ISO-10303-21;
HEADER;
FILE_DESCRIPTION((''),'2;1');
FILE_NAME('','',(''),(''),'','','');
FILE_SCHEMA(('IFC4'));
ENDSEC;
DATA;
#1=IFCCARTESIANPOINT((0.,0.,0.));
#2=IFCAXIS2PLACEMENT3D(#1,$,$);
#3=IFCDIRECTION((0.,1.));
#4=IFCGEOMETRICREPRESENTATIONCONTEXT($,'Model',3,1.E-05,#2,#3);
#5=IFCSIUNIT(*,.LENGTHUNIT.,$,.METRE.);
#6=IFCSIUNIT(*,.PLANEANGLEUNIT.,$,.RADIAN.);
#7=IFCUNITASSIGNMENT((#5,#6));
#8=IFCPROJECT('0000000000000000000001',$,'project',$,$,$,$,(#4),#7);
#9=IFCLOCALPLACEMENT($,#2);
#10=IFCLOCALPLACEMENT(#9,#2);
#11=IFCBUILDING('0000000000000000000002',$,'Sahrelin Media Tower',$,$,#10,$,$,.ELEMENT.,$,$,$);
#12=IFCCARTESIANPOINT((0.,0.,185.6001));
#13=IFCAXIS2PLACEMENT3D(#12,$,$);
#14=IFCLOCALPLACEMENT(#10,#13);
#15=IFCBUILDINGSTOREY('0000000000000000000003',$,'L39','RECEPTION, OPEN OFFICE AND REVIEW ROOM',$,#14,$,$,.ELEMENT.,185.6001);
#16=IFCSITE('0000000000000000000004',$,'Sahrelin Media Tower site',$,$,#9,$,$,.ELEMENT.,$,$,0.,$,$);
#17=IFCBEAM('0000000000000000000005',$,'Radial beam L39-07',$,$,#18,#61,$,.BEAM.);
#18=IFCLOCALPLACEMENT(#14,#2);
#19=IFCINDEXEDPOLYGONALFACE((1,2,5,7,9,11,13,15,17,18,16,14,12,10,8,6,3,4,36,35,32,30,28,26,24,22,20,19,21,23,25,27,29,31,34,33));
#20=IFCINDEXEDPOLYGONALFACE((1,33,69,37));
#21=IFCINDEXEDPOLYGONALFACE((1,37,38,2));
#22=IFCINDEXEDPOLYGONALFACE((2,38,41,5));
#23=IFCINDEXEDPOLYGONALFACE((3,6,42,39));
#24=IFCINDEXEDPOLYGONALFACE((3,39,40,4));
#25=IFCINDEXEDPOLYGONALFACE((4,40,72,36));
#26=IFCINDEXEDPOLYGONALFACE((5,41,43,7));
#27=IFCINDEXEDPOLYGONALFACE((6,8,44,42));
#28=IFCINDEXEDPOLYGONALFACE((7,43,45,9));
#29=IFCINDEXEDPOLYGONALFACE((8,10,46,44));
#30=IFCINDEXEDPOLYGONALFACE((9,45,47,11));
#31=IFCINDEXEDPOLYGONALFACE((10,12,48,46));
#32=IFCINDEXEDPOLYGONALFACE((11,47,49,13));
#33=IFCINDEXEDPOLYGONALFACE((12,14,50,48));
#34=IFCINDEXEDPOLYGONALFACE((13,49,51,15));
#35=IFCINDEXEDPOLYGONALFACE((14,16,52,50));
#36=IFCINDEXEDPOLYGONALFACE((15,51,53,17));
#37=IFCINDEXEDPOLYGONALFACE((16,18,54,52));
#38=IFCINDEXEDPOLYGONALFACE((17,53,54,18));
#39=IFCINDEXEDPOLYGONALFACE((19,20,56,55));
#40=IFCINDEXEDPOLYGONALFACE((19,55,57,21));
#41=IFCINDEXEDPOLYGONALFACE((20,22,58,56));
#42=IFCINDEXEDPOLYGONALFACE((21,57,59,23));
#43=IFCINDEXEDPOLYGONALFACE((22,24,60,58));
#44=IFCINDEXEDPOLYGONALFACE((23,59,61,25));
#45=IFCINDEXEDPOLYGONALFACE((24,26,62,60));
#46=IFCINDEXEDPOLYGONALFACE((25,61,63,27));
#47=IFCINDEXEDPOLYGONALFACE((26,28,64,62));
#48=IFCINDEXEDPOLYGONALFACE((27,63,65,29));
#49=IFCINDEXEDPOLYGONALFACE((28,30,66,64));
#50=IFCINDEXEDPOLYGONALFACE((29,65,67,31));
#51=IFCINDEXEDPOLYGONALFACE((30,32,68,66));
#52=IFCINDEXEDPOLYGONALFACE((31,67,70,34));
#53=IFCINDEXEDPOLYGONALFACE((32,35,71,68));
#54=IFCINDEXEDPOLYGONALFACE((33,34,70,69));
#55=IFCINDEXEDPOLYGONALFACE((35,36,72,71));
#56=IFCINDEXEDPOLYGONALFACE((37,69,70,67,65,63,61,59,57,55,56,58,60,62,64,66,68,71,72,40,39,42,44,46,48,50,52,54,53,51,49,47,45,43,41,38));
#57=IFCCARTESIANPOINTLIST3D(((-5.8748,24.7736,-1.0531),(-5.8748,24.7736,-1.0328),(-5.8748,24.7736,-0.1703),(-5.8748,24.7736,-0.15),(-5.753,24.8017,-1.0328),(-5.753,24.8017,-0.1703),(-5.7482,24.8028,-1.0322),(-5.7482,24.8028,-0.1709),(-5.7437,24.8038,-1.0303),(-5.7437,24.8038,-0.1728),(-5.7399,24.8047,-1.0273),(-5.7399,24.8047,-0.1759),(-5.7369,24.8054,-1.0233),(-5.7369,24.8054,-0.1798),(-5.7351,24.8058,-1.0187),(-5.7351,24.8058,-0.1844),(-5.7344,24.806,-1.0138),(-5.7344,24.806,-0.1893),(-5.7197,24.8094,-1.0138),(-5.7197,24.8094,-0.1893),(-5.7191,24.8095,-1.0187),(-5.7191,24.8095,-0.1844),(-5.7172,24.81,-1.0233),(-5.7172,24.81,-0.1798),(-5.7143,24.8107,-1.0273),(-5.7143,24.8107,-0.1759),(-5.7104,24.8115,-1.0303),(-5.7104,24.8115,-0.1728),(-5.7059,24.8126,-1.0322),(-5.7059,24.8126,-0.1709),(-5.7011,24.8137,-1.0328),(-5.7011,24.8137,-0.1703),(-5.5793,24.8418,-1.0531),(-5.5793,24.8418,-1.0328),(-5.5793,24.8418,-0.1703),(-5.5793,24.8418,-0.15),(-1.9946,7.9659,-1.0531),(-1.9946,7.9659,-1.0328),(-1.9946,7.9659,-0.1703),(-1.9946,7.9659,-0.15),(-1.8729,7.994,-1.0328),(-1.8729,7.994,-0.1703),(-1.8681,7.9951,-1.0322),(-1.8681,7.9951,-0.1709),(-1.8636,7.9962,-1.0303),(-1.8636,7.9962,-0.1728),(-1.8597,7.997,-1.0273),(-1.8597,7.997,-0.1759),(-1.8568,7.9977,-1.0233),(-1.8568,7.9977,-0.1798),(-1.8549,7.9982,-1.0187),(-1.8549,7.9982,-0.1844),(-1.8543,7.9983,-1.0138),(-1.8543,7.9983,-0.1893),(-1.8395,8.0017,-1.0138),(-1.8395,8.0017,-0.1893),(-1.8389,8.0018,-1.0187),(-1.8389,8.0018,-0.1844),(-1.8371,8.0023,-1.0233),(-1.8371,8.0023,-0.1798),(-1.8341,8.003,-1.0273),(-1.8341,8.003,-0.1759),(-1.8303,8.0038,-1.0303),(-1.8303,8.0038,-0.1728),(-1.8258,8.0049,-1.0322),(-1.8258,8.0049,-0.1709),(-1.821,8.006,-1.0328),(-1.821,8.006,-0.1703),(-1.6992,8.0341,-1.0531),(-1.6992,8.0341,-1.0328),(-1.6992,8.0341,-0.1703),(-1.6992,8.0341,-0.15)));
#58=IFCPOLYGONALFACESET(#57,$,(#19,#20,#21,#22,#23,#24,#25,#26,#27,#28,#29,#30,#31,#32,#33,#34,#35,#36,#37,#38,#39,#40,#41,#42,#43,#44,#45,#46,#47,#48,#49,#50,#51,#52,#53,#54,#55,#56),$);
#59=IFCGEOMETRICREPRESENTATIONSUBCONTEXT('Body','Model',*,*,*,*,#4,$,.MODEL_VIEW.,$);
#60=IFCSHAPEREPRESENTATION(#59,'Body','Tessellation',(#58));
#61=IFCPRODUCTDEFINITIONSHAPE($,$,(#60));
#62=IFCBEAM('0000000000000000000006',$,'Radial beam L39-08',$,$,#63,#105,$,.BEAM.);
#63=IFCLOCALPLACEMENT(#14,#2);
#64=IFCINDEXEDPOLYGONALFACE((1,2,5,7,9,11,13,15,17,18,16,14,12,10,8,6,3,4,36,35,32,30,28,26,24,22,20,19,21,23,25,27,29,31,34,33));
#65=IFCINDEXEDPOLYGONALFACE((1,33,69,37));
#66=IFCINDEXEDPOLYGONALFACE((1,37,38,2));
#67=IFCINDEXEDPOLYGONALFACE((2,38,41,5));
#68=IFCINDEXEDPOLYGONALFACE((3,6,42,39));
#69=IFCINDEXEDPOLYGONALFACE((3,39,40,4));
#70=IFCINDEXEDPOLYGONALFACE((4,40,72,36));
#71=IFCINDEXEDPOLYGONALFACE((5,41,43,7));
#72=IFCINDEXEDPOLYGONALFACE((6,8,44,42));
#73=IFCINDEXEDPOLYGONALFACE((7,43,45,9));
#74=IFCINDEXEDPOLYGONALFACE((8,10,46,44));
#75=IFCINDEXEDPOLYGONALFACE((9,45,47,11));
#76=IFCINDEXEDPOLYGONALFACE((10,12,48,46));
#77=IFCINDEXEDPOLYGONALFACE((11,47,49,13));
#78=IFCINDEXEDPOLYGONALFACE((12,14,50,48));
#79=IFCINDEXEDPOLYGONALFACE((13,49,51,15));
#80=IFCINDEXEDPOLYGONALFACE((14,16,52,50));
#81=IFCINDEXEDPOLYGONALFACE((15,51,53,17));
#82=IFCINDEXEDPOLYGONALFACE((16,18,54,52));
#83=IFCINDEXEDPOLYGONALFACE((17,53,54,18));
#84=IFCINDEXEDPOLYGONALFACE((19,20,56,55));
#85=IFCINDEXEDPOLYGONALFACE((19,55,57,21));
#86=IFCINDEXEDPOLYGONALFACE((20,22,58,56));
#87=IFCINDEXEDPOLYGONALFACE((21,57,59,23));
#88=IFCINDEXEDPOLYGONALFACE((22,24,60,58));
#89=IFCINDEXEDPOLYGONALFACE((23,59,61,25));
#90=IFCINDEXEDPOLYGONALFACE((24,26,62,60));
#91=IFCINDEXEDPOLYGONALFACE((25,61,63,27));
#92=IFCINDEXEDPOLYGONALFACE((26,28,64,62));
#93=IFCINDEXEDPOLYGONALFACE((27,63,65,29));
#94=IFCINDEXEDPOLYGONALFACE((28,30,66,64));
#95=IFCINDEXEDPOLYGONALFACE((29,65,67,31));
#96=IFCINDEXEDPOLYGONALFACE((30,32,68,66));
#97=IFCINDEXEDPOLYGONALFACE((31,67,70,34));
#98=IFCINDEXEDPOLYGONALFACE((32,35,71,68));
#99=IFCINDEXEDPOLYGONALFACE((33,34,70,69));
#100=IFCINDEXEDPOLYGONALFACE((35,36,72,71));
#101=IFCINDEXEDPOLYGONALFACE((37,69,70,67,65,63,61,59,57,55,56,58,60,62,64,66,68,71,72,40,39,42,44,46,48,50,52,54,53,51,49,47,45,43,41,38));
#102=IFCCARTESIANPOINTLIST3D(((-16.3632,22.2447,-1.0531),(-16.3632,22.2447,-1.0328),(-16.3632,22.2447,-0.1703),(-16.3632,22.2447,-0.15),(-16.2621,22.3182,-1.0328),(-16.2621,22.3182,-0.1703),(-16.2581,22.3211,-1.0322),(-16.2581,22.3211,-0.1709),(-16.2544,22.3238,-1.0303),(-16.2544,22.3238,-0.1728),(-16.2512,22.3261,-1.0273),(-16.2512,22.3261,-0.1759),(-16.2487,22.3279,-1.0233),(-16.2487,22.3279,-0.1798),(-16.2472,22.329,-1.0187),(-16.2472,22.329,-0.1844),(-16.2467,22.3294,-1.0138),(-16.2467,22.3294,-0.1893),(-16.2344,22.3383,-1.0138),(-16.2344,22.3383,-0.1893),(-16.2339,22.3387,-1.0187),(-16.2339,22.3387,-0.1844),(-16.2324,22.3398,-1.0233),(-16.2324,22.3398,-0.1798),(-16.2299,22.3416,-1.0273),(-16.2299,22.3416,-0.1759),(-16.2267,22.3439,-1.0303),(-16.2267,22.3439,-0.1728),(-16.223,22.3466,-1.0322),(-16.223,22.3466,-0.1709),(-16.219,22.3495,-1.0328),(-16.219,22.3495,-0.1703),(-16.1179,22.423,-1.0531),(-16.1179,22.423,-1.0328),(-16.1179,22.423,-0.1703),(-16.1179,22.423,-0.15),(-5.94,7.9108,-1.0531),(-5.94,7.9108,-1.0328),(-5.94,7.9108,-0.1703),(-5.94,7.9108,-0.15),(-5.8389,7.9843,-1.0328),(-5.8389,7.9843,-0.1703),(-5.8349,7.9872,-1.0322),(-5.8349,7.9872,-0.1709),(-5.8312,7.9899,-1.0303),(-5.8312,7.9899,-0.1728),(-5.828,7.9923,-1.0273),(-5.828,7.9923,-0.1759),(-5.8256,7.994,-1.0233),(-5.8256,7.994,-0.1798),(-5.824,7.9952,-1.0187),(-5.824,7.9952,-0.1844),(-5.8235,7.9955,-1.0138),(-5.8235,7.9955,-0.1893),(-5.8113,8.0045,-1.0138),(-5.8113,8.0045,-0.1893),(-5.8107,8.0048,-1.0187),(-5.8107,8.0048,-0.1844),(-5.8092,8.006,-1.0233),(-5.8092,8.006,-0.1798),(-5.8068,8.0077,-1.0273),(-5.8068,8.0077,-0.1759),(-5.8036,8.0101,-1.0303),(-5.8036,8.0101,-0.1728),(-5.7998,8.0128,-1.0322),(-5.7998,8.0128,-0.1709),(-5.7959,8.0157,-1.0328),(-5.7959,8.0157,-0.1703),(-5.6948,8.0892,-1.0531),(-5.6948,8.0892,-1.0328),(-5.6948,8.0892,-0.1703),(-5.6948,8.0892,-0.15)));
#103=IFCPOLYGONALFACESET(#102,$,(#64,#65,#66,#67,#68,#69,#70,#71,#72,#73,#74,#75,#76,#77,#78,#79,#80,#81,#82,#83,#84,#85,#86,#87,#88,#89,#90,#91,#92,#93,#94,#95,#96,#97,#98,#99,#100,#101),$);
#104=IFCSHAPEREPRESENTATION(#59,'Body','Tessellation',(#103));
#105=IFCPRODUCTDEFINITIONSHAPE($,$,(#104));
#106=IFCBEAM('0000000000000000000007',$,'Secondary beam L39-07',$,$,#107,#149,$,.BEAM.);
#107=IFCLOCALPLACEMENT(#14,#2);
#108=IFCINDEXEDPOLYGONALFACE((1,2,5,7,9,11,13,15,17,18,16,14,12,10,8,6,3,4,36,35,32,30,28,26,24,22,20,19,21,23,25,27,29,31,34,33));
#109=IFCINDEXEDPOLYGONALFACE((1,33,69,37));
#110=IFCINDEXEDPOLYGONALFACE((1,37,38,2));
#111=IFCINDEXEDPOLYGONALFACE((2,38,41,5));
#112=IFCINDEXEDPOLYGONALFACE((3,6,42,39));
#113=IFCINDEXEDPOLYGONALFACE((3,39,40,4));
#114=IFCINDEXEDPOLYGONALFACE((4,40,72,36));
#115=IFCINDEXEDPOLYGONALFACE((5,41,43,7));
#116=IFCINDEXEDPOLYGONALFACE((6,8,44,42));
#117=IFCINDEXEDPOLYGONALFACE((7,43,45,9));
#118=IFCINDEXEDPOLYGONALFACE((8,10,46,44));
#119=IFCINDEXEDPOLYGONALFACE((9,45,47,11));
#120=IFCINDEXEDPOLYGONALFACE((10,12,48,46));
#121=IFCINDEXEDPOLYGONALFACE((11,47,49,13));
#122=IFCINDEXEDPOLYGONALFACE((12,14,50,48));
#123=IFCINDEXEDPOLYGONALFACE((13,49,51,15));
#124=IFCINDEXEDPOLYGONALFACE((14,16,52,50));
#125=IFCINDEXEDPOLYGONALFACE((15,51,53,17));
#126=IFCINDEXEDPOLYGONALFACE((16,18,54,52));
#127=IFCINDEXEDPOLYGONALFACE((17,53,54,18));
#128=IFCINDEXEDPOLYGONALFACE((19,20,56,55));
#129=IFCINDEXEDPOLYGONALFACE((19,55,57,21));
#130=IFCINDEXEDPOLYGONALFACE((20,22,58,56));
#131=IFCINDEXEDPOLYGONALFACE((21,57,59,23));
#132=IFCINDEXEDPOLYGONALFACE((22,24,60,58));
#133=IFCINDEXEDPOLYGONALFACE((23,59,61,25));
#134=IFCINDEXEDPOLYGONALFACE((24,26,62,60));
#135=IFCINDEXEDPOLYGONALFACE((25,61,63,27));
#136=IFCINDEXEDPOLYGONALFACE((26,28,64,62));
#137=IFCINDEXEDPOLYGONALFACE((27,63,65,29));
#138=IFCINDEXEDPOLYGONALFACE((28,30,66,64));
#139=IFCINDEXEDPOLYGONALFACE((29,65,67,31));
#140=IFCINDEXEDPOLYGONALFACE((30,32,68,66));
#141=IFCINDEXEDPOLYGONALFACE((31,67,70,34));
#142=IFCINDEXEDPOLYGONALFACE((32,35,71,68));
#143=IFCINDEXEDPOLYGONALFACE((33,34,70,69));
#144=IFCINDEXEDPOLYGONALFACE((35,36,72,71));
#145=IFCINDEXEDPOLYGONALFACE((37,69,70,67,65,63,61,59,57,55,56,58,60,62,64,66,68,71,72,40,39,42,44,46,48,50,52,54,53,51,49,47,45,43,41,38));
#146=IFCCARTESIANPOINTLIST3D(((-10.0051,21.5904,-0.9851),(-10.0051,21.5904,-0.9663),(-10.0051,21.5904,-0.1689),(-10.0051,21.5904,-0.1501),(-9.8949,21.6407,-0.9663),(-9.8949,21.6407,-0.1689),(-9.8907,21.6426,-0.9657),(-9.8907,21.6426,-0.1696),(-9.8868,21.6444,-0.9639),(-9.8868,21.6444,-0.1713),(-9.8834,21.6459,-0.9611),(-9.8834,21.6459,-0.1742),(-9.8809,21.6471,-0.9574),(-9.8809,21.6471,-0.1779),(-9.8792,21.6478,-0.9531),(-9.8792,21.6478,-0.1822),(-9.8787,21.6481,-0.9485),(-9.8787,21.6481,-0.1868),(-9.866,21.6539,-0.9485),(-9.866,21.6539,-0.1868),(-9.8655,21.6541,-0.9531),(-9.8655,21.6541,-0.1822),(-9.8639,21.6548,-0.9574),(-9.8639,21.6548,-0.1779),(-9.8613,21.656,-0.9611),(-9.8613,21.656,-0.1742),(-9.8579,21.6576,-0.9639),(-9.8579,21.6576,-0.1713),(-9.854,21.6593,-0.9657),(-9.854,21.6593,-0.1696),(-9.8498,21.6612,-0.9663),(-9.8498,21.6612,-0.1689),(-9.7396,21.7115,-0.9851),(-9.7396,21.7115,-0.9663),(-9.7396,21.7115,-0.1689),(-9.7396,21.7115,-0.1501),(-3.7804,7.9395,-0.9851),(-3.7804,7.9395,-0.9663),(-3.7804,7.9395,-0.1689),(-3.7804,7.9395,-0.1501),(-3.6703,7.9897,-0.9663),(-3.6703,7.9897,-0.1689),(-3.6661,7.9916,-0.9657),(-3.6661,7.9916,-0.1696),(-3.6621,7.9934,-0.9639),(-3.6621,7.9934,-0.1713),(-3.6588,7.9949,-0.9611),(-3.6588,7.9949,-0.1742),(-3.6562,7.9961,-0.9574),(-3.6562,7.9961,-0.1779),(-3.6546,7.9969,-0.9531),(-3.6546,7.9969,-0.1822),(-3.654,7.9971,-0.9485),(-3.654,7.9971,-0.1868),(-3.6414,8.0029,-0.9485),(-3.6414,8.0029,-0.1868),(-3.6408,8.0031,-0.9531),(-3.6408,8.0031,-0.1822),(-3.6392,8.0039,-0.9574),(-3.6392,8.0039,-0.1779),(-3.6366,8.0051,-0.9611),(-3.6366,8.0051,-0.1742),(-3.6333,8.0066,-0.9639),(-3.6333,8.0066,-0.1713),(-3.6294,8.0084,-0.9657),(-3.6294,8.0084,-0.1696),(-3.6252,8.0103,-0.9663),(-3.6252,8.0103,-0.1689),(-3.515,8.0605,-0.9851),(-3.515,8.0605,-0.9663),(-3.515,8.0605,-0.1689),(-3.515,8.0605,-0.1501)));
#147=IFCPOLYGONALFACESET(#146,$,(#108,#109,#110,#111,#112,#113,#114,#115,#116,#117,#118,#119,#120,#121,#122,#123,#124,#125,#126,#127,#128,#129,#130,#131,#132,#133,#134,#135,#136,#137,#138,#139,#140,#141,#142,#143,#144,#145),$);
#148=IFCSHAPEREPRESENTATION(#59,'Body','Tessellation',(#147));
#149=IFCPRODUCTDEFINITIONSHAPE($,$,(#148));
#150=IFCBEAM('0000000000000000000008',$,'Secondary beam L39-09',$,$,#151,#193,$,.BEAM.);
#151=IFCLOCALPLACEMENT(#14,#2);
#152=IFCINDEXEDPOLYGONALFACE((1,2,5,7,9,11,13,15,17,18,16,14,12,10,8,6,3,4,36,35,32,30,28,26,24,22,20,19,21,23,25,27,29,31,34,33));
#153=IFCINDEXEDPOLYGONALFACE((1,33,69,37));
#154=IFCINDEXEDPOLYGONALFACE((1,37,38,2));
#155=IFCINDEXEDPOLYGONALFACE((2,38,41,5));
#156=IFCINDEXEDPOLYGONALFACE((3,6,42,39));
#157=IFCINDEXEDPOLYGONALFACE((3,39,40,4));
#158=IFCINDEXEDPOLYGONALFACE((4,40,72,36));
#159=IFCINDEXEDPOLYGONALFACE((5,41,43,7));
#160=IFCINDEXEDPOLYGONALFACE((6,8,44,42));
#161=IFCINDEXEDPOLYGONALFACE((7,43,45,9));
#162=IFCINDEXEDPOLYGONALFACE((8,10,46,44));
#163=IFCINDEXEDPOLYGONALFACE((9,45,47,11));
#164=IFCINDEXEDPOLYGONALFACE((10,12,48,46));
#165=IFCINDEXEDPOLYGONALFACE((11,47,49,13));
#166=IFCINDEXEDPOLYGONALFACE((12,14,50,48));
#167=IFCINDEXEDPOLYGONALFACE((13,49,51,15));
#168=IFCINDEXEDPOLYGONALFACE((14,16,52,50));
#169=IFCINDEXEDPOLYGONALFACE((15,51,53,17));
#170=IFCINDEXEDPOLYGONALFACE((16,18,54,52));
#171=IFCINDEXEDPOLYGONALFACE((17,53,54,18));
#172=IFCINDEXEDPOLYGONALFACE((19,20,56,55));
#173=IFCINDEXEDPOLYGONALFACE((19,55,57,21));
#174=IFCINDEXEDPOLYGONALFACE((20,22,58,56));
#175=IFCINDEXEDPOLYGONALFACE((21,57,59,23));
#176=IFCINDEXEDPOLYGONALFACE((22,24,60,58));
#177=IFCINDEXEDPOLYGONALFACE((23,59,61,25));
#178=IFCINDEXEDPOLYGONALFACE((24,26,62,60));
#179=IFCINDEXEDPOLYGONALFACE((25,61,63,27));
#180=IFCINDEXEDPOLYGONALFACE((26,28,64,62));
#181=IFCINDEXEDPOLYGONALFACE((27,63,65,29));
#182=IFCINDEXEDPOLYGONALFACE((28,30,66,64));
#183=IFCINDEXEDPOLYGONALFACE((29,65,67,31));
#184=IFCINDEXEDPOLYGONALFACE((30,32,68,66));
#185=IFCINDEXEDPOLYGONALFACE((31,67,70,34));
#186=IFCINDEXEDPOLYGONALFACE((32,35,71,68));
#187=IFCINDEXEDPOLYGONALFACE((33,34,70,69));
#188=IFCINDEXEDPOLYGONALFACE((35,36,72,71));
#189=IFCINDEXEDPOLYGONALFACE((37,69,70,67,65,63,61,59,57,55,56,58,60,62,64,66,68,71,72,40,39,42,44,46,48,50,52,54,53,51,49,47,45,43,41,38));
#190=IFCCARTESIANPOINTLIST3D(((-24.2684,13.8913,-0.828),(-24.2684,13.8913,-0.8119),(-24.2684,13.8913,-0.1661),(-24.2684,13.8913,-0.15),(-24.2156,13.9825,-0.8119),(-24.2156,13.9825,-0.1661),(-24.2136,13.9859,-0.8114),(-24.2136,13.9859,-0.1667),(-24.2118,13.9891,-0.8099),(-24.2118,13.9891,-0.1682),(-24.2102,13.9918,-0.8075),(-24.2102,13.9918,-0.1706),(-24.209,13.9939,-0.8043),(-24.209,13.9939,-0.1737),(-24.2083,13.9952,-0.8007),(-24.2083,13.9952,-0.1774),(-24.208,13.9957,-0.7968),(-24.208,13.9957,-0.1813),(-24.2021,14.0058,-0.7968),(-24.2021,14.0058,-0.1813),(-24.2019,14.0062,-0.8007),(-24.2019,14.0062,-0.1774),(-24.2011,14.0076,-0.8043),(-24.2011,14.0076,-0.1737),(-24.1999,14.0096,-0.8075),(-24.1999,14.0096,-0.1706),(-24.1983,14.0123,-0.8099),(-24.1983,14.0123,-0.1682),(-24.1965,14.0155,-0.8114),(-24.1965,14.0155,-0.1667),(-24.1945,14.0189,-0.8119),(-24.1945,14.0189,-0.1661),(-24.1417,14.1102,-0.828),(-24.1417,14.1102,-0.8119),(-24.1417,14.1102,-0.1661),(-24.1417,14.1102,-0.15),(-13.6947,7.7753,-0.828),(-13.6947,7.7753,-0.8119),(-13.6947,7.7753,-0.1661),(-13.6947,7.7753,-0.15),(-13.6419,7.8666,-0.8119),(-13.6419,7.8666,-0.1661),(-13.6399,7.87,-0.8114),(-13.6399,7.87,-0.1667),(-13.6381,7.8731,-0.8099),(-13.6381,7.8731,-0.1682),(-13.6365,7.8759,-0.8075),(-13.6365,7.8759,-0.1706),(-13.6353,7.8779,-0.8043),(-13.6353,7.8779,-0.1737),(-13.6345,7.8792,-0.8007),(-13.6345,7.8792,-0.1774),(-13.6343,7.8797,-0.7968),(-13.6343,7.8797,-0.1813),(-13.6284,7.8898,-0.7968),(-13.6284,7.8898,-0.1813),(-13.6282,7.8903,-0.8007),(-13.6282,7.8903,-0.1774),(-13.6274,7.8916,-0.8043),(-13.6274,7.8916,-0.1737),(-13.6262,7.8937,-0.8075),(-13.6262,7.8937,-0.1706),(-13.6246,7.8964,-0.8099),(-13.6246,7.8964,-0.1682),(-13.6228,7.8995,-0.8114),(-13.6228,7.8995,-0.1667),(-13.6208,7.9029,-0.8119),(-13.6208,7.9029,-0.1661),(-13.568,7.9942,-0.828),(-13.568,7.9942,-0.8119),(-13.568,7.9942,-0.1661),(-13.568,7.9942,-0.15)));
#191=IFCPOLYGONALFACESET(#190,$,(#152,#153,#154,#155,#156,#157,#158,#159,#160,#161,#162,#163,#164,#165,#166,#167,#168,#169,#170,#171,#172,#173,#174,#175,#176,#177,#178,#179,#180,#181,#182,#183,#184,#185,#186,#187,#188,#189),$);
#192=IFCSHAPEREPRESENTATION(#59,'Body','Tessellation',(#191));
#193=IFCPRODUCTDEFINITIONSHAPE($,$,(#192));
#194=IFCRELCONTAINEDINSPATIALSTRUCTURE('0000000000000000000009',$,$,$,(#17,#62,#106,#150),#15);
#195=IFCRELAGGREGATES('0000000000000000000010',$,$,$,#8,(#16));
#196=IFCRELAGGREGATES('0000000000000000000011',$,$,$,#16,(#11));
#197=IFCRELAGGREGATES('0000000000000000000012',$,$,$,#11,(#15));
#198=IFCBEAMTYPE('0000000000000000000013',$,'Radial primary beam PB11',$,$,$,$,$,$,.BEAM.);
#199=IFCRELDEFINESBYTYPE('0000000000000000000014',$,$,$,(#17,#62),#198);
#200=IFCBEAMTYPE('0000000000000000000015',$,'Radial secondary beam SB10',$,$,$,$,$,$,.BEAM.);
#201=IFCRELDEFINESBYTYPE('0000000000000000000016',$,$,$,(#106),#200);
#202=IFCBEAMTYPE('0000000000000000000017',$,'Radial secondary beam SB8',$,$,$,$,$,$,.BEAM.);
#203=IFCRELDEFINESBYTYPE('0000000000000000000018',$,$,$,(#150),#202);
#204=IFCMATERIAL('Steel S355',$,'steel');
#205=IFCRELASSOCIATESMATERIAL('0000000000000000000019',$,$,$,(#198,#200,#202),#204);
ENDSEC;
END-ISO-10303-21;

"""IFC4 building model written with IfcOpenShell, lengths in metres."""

from ifc_helpers import new_model, si_unit, direction, frame, origin, origin_2d, place, context, subcontext, project, spatial, i_section, extrude, material, material_profile, profile_set, type_object, element, save


model = new_model("IFC4")

# Units and contexts
model_context = context("Model", 3, precision=1e-05, world=origin(), true_north=direction((0.0, 1.0)))
body_context = subcontext(model_context, "Body", "Model", "MODEL_VIEW")
ifc_project = project(units=[si_unit("LENGTHUNIT", "METRE"), si_unit("PLANEANGLEUNIT", "RADIAN")], contexts=[model_context])

# Site, building, storey
site_placement = place(None, origin())
site = spatial("IfcSite", under=ifc_project, at=site_placement, Name="Sahrelin Media Tower site", CompositionType="ELEMENT", RefElevation=0.0)
building_placement = place(site_placement, origin())
building = spatial("IfcBuilding", under=site, at=building_placement, Name="Sahrelin Media Tower", CompositionType="ELEMENT")
storey_placement = place(building_placement, frame((0.0, 0.0, 185.6001)))
storey = spatial("IfcBuildingStorey", under=building, at=storey_placement, Name="L39", Description="RECEPTION, OPEN OFFICE AND REVIEW ROOM", CompositionType="ELEMENT", Elevation=185.6001)

# Shared definitions
ifc_material_1 = material(Name="Steel S355", Category="steel")

# Beams
ifc_material_profile_1 = material_profile(ifc_material_1, i_section(OverallWidth=0.3032, OverallDepth=0.9031, WebThickness=0.0151, FlangeThickness=0.0203, FilletRadius=0.019, at=origin_2d()), Name="UB 914x305x201")
ifc_profile_set_1 = profile_set([ifc_material_profile_1], Name="Steel S355")
beam_type_1 = type_object("IfcBeamType", Name="Radial primary beam PB11", PredefinedType="BEAM", material=ifc_profile_set_1)
beam_1_placement = place(storey_placement, frame((-1.8469, 8.0, -0.6016), z_axis=(-0.224939, 0.974373, 0.0), x_axis=(-0.974373, -0.224939, 0.0)))
element("IfcBeam", 1, at=beam_1_placement, inside=storey, type_object=beam_type_1, Name="Radial beam L39-07", PredefinedType="BEAM", context=body_context, shape_type="SweptSolid", body=[
    extrude(i_section(OverallWidth=0.3032, OverallDepth=0.9031, WebThickness=0.0151, FlangeThickness=0.0203, FilletRadius=0.019, at=origin_2d()), origin(), (0.0, 0.0, 1.0), 17.2498),
])
beam_2_placement = place(storey_placement, frame((-5.8174, 8.0, -0.6016), z_axis=(-0.588118, 0.808775, 0.0), x_axis=(-0.808775, -0.588118, 0.0)))
element("IfcBeam", 2, at=beam_2_placement, inside=storey, type_object=beam_type_1, Name="Radial beam L39-08", PredefinedType="BEAM", context=body_context, shape_type="SweptSolid", body=[
    extrude(i_section(OverallWidth=0.3032, OverallDepth=0.9031, WebThickness=0.0151, FlangeThickness=0.0203, FilletRadius=0.019, at=origin_2d()), origin(), (0.0, 0.0, 1.0), 17.7229),
])
ifc_material_profile_2 = material_profile(ifc_material_1, i_section(OverallWidth=0.2917, OverallDepth=0.835, WebThickness=0.0139, FlangeThickness=0.0188, FilletRadius=0.0178, at=origin_2d()), Name="UB 838x292x176")
ifc_profile_set_2 = profile_set([ifc_material_profile_2], Name="Steel S355")
beam_type_2 = type_object("IfcBeamType", Name="Radial secondary beam SB10", PredefinedType="BEAM", material=ifc_profile_set_2)
beam_3_placement = place(storey_placement, frame((-3.6477, 8.0, -0.5676), z_axis=(-0.414889, 0.909872, 0.0), x_axis=(-0.909872, -0.414889, 0.0)))
element("IfcBeam", 3, at=beam_3_placement, inside=storey, type_object=beam_type_2, Name="Secondary beam L39-07", PredefinedType="BEAM", context=body_context, shape_type="SweptSolid", body=[
    extrude(i_section(OverallWidth=0.2917, OverallDepth=0.835, WebThickness=0.0139, FlangeThickness=0.0188, FilletRadius=0.0178, at=origin_2d()), origin(), (0.0, 0.0, 1.0), 15.0032),
])
ifc_material_profile_3 = material_profile(ifc_material_1, i_section(OverallWidth=0.2529, OverallDepth=0.678, WebThickness=0.0117, FlangeThickness=0.0161, FilletRadius=0.0151, at=origin_2d()), Name="UB 686x254x125")
ifc_profile_set_3 = profile_set([ifc_material_profile_3], Name="Steel S355")
beam_type_3 = type_object("IfcBeamType", Name="Radial secondary beam SB8", PredefinedType="BEAM", material=ifc_profile_set_3)
beam_4_placement = place(storey_placement, frame((-13.6313, 7.8848, -0.489), z_axis=(-0.865627, 0.500689, 0.0), x_axis=(-0.500689, -0.865627, 0.0)))
element("IfcBeam", 4, at=beam_4_placement, inside=storey, type_object=beam_type_3, Name="Secondary beam L39-09", PredefinedType="BEAM", context=body_context, shape_type="SweptSolid", body=[
    extrude(i_section(OverallWidth=0.2529, OverallDepth=0.678, WebThickness=0.0117, FlangeThickness=0.0161, FilletRadius=0.0151, at=origin_2d()), origin(), (0.0, 0.0, 1.0), 12.2151),
])

save(model, "model.ifc")
